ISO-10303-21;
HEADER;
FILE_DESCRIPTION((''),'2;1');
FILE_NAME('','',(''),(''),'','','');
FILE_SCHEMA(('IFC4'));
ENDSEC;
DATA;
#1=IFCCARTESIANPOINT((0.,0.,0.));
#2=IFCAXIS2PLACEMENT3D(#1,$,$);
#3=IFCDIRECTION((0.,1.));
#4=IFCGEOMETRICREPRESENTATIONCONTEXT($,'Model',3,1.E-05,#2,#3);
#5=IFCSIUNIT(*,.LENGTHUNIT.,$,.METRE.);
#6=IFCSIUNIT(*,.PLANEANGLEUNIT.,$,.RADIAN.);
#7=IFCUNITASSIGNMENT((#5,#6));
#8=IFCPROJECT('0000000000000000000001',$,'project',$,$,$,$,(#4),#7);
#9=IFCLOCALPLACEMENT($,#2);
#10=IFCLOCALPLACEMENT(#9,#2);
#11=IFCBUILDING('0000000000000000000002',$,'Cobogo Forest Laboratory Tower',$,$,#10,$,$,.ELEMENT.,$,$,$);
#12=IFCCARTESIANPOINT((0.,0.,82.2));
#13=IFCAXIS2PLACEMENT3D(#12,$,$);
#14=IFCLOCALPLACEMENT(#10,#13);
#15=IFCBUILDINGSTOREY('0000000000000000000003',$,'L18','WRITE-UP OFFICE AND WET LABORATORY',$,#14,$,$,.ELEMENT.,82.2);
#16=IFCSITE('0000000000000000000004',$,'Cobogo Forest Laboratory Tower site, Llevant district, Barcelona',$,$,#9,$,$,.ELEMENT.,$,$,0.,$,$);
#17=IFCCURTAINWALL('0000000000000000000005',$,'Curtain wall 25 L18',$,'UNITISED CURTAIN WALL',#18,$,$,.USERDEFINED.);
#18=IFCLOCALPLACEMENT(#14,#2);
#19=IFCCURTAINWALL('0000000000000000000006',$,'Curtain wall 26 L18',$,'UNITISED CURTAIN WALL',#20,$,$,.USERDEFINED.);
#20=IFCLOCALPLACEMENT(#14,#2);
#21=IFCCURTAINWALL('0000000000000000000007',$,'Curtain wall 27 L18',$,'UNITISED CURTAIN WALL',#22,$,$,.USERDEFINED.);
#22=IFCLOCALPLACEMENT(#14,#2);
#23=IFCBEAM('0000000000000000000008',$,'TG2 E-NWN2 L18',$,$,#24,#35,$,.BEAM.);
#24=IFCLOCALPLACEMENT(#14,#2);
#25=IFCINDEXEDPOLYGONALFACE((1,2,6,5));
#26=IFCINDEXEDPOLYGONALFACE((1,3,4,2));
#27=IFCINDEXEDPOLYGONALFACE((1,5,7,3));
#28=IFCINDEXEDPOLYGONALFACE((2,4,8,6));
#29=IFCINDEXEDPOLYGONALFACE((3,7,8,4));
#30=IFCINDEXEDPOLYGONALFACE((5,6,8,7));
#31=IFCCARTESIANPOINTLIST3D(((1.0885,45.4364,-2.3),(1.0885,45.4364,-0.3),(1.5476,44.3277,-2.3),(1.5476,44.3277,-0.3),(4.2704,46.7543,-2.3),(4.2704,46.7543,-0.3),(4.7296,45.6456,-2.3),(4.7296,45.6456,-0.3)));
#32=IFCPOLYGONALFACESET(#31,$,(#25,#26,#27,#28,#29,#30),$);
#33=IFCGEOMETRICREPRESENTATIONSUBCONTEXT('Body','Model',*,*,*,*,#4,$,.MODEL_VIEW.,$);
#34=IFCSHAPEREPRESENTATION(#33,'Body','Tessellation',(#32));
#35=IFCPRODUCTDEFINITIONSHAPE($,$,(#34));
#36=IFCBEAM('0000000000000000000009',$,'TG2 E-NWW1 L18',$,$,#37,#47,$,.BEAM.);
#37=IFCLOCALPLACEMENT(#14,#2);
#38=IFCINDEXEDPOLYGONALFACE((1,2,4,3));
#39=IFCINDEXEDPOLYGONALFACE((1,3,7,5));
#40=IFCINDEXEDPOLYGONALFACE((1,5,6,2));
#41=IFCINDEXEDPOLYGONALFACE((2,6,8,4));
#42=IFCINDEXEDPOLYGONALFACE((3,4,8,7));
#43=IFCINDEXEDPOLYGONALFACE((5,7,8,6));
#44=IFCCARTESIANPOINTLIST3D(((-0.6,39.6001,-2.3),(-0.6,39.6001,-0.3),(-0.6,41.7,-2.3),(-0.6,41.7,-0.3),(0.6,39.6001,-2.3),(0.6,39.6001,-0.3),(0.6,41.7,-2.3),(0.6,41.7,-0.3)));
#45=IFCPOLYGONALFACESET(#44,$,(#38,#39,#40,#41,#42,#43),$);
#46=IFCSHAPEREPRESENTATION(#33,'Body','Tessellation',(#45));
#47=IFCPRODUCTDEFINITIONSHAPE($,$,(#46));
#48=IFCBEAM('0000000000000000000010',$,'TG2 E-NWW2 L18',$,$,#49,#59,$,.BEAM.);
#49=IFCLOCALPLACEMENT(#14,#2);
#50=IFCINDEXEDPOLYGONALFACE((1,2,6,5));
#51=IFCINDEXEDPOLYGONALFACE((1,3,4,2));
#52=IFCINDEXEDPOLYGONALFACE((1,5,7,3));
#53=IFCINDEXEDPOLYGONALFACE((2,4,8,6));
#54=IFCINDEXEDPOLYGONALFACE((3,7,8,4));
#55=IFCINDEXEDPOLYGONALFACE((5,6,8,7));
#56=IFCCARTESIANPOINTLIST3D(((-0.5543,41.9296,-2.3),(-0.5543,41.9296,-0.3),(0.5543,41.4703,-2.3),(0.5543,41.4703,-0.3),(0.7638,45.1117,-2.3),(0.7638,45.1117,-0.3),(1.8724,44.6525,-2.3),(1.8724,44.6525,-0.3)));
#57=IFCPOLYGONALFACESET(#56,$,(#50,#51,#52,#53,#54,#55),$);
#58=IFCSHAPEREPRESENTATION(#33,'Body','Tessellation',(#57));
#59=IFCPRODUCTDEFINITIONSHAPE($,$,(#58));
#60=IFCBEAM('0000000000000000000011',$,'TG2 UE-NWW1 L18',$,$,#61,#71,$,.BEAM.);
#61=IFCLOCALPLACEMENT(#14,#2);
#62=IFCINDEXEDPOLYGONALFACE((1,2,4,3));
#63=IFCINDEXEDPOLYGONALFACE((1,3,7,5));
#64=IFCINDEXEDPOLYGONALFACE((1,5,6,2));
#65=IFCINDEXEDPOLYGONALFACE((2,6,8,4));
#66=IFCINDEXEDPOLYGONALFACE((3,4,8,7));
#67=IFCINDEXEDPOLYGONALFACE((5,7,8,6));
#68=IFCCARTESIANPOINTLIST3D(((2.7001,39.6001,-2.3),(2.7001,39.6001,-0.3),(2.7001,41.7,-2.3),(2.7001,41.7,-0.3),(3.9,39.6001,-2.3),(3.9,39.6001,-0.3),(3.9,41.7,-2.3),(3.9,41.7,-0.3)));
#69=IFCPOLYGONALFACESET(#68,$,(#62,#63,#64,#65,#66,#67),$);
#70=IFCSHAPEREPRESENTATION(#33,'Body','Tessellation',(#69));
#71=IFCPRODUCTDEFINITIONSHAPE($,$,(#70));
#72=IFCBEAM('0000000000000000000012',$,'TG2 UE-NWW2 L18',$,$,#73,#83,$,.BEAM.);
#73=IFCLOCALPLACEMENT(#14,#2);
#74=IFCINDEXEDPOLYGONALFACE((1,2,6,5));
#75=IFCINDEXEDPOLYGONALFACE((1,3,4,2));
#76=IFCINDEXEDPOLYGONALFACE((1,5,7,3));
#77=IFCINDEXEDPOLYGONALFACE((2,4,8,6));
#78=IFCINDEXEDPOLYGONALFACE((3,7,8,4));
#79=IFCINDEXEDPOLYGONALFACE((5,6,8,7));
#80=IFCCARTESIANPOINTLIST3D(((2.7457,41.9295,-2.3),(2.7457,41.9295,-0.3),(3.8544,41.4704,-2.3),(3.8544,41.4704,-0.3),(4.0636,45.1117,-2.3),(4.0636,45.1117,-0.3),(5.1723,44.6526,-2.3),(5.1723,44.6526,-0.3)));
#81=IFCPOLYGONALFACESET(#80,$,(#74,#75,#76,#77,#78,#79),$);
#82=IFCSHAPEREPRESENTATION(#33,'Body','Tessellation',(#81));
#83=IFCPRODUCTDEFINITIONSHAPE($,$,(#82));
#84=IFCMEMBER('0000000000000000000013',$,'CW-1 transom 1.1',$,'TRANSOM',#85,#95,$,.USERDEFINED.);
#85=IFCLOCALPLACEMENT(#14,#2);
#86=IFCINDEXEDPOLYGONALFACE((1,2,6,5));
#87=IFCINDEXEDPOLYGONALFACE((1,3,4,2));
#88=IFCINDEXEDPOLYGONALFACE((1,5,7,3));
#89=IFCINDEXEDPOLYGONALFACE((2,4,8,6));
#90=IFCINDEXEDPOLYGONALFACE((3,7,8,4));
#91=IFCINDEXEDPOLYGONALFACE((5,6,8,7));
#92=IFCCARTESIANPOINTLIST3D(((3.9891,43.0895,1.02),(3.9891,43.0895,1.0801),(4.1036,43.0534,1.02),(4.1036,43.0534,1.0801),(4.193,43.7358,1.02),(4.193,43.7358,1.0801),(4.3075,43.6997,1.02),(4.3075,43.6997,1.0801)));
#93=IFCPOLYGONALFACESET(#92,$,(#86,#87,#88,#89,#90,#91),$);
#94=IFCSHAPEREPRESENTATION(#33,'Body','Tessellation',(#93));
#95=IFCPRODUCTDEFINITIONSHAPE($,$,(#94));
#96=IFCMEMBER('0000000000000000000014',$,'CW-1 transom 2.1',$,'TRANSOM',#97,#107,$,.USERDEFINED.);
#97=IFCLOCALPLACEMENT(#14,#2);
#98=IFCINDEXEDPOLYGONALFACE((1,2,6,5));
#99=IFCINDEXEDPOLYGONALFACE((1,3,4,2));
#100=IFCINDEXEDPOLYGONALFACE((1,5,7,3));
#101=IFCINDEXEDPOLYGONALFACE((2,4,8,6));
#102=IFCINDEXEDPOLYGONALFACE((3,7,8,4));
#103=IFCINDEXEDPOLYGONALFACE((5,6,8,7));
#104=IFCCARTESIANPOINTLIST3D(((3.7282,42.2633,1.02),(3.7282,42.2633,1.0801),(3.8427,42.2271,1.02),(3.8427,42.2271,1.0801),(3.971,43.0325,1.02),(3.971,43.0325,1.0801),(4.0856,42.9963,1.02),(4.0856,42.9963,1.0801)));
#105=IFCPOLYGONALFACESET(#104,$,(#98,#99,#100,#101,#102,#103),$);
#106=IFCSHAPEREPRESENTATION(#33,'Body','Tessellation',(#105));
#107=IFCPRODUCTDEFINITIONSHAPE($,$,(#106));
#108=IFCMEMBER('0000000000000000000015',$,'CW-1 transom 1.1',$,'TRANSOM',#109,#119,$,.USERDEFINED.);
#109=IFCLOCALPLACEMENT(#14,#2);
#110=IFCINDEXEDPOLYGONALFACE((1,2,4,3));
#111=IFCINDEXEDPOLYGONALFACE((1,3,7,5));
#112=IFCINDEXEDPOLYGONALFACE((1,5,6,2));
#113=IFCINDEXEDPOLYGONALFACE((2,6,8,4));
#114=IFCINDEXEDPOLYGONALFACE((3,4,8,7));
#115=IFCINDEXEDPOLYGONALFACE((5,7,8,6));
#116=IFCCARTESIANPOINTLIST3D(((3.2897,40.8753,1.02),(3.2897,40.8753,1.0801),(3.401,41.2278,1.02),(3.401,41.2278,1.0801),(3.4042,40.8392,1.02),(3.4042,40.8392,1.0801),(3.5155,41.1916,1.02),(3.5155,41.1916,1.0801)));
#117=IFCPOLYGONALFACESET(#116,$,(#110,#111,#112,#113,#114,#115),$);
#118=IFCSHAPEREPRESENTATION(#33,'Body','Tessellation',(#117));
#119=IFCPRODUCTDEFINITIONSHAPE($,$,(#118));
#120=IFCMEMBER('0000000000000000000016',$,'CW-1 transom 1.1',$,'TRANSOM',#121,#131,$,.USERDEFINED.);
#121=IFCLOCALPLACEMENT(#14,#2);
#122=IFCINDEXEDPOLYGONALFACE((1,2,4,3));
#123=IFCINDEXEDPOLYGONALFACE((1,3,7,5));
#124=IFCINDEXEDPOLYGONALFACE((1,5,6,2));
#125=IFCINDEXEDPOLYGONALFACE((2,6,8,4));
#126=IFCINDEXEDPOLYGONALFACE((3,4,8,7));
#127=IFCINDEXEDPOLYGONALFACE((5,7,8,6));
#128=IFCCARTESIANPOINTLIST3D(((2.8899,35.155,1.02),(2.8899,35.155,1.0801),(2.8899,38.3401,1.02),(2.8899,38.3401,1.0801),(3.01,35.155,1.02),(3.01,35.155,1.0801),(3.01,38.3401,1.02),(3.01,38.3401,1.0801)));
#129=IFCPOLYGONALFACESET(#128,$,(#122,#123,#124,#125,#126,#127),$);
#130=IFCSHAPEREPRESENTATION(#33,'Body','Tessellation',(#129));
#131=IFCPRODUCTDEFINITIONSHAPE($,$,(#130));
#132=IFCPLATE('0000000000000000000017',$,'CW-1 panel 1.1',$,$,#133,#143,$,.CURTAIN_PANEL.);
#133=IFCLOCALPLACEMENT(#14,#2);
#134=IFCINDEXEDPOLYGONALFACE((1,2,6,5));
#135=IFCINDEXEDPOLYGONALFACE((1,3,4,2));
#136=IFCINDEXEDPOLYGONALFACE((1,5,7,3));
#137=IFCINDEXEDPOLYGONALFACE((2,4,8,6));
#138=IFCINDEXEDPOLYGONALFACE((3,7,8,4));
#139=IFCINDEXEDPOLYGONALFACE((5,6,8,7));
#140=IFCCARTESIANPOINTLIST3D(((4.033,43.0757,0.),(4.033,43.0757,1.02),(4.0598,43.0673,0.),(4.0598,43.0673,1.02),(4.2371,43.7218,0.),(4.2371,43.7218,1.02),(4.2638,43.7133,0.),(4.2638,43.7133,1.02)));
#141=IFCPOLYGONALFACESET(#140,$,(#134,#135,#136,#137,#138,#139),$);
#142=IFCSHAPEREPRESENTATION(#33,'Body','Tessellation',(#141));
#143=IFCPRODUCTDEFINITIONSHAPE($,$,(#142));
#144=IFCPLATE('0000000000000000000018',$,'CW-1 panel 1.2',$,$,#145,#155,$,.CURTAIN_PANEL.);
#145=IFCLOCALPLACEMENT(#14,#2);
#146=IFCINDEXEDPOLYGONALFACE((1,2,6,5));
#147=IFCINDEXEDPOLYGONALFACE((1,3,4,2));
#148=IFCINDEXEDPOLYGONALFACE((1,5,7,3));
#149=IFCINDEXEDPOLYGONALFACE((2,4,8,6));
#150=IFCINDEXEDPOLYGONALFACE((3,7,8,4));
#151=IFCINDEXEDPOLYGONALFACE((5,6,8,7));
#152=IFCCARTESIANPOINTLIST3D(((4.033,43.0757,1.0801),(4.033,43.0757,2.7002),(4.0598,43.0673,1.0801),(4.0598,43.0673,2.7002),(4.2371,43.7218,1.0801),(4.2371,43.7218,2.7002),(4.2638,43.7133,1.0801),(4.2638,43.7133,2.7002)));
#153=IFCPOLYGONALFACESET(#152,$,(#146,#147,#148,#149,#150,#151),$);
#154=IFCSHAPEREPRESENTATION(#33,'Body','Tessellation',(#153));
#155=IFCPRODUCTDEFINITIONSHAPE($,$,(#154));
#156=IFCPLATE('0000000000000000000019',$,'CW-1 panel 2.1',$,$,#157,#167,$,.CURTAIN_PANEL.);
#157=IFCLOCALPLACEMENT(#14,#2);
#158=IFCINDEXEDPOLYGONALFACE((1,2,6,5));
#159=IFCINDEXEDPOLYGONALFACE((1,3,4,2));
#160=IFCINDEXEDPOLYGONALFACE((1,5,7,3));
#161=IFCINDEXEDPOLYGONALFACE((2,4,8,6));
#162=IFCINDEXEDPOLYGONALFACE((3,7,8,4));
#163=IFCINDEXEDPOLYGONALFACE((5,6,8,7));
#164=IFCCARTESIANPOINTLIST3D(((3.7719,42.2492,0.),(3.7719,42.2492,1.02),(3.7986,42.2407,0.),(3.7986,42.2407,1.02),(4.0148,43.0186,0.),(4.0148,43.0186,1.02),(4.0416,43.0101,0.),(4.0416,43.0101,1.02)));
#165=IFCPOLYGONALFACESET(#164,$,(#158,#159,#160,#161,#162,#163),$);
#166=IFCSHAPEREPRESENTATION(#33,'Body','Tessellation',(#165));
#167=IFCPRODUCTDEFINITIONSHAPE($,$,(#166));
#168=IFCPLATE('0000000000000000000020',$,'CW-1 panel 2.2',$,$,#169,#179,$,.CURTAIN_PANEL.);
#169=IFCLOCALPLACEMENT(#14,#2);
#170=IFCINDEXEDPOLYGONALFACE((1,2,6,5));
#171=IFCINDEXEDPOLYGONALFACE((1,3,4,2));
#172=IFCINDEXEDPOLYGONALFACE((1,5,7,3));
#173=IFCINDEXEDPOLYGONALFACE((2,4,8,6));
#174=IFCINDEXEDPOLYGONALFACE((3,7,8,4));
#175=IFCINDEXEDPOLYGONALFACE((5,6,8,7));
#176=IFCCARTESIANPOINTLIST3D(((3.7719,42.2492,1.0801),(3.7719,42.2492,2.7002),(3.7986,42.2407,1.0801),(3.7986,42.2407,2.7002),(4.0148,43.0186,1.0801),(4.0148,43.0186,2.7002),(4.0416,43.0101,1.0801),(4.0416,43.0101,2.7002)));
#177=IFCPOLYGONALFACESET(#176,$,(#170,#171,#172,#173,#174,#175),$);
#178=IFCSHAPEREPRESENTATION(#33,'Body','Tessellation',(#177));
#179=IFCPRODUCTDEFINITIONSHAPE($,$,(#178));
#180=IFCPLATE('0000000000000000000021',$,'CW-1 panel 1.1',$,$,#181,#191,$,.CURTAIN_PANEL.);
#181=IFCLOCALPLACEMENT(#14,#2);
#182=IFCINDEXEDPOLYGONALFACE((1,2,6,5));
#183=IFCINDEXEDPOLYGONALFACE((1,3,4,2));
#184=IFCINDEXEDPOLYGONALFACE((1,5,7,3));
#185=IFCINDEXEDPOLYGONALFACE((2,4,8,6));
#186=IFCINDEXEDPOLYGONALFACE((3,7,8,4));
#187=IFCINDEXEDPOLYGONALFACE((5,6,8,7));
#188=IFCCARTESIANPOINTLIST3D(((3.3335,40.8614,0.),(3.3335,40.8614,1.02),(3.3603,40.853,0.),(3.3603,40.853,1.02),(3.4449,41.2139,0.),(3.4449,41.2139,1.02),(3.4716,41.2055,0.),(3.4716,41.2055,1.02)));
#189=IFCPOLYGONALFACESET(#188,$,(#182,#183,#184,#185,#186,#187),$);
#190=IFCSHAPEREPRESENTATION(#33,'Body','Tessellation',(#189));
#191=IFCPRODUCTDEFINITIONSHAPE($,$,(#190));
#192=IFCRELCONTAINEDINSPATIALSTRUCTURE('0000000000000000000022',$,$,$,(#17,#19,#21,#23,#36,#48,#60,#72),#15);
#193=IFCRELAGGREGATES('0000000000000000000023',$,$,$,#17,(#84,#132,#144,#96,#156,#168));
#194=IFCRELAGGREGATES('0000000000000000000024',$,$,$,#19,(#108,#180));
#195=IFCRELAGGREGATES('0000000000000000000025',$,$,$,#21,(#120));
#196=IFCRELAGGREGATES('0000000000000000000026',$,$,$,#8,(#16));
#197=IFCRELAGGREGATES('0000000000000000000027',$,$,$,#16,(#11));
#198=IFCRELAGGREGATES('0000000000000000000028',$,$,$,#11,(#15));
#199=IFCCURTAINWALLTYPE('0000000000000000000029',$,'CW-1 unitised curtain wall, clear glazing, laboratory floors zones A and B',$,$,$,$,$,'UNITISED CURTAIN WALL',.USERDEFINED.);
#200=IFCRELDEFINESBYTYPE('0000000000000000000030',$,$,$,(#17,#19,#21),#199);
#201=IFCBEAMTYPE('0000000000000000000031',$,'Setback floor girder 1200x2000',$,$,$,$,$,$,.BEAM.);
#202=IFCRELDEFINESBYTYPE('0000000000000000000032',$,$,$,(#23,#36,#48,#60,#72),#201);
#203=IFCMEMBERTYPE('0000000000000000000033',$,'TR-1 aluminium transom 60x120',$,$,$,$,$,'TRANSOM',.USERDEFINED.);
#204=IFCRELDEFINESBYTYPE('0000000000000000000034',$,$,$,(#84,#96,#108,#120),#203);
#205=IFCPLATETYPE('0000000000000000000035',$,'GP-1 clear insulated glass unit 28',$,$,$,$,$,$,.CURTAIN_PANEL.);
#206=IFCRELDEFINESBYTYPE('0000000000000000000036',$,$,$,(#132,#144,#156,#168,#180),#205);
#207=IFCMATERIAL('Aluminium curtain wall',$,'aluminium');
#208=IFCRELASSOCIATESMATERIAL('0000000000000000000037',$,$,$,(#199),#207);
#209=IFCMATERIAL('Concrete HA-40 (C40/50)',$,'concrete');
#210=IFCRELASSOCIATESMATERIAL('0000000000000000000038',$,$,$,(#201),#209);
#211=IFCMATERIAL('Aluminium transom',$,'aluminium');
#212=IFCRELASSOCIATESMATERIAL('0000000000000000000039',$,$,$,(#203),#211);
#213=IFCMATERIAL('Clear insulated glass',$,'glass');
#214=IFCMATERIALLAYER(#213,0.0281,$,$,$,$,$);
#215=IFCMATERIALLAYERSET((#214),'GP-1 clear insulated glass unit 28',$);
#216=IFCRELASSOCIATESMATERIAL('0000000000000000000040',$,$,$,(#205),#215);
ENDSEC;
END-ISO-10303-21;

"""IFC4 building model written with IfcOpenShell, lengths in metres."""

from ifc_helpers import new_model, si_unit, direction, frame, origin, origin_2d, place, context, subcontext, project, spatial, rectangle, extrude, material, layer, layer_set, material_profile, profile_set, type_object, element, aggregate, save


model = new_model("IFC4")

# Units and contexts
model_context = context("Model", 3, precision=1e-05, world=origin(), true_north=direction((0.0, 1.0)))
body_context = subcontext(model_context, "Body", "Model", "MODEL_VIEW")
ifc_project = project(units=[si_unit("LENGTHUNIT", "METRE"), si_unit("PLANEANGLEUNIT", "RADIAN")], contexts=[model_context])

# Site, building, storey
site_placement = place(None, origin())
site = spatial("IfcSite", under=ifc_project, at=site_placement, Name="Cobogo Forest Laboratory Tower site, Llevant district, Barcelona", CompositionType="ELEMENT", RefElevation=0.0)
building_placement = place(site_placement, origin())
building = spatial("IfcBuilding", under=site, at=building_placement, Name="Cobogo Forest Laboratory Tower", CompositionType="ELEMENT")
storey_placement = place(building_placement, frame((0.0, 0.0, 82.2)))
storey = spatial("IfcBuildingStorey", under=building, at=storey_placement, Name="L18", Description="WRITE-UP OFFICE AND WET LABORATORY", CompositionType="ELEMENT", Elevation=82.2)

# Shared definitions
ifc_material_1 = material(Name="Aluminium curtain wall", Category="aluminium")
curtain_wall_type = type_object("IfcCurtainWallType", Name="CW-1 unitised curtain wall, clear glazing, laboratory floors zones A and B", ElementType="UNITISED CURTAIN WALL", PredefinedType="USERDEFINED", material=ifc_material_1)

# Curtain walls
curtain_wall_1_placement = place(storey_placement, origin())
curtain_wall_1 = element("IfcCurtainWall", 1, at=curtain_wall_1_placement, inside=storey, type_object=curtain_wall_type, Name="Curtain wall 25 L18", ObjectType="UNITISED CURTAIN WALL", PredefinedType="USERDEFINED")
curtain_wall_2_placement = place(storey_placement, origin())
curtain_wall_2 = element("IfcCurtainWall", 2, at=curtain_wall_2_placement, inside=storey, type_object=curtain_wall_type, Name="Curtain wall 26 L18", ObjectType="UNITISED CURTAIN WALL", PredefinedType="USERDEFINED")

# Curtain wall
curtain_wall_3_placement = place(storey_placement, origin())
curtain_wall_3 = element("IfcCurtainWall", 3, at=curtain_wall_3_placement, inside=storey, type_object=curtain_wall_type, Name="Curtain wall 27 L18", ObjectType="UNITISED CURTAIN WALL", PredefinedType="USERDEFINED")

# Beams
ifc_material_2 = material(Name="Concrete HA-40 (C40/50)", Category="concrete")
ifc_material_profile_1 = material_profile(ifc_material_2, rectangle(XDim=1.2, YDim=2.0, at=origin_2d()), Name="RC 1200x2000")
ifc_profile_set_1 = profile_set([ifc_material_profile_1], Name="Concrete HA-40 (C40/50)")
beam_type = type_object("IfcBeamType", Name="Setback floor girder 1200x2000", PredefinedType="BEAM", material=ifc_profile_set_1)
beam_1_placement = place(storey_placement, frame((4.5, 46.2, -1.3), z_axis=(-0.923891, -0.382656, 0.0), x_axis=(0.382656, -0.923891, 0.0)))
element("IfcBeam", 4, at=beam_1_placement, inside=storey, type_object=beam_type, Name="TG2 E-NWN2 L18", PredefinedType="BEAM", context=body_context, shape_type="SweptSolid", body=[
    extrude(rectangle(XDim=1.2, YDim=2.0, at=origin_2d()), origin(), (0.0, 0.0, 1.0), 3.4441),
])
beam_2_placement = place(storey_placement, frame((0.0, 39.6001, -1.3), z_axis=(0.0, 1.0, 0.0), x_axis=(-1.0, 0.0, 0.0)))
element("IfcBeam", 5, at=beam_2_placement, inside=storey, type_object=beam_type, Name="TG2 E-NWW1 L18", PredefinedType="BEAM", context=body_context, shape_type="SweptSolid", body=[
    extrude(rectangle(XDim=1.2, YDim=2.0, at=origin_2d()), origin(), (0.0, 0.0, 1.0), 2.0999),
])
beam_3_placement = place(storey_placement, frame((0.0, 41.7, -1.3), z_axis=(0.382692, 0.923876, 0.0), x_axis=(-0.923876, 0.382692, 0.0)))
element("IfcBeam", 6, at=beam_3_placement, inside=storey, type_object=beam_type, Name="TG2 E-NWW2 L18", PredefinedType="BEAM", context=body_context, shape_type="SweptSolid", body=[
    extrude(rectangle(XDim=1.2, YDim=2.0, at=origin_2d()), origin(), (0.0, 0.0, 1.0), 3.4443),
])
beam_4_placement = place(storey_placement, frame((3.3, 39.6001, -1.3), z_axis=(0.0, 1.0, 0.0), x_axis=(-1.0, 0.0, 0.0)))
element("IfcBeam", 7, at=beam_4_placement, inside=storey, type_object=beam_type, Name="TG2 UE-NWW1 L18", PredefinedType="BEAM", context=body_context, shape_type="SweptSolid", body=[
    extrude(rectangle(XDim=1.2, YDim=2.0, at=origin_2d()), origin(), (0.0, 0.0, 1.0), 2.0999),
])
beam_5_placement = place(storey_placement, frame((3.3, 41.7, -1.3), z_axis=(0.382631, 0.923901, 0.0), x_axis=(-0.923901, 0.382631, 0.0)))
element("IfcBeam", 8, at=beam_5_placement, inside=storey, type_object=beam_type, Name="TG2 UE-NWW2 L18", PredefinedType="BEAM", context=body_context, shape_type="SweptSolid", body=[
    extrude(rectangle(XDim=1.2, YDim=2.0, at=origin_2d()), origin(), (0.0, 0.0, 1.0), 3.4443),
])

# Members
ifc_material_3 = material(Name="Aluminium transom", Category="aluminium")
ifc_material_profile_2 = material_profile(ifc_material_3, rectangle(XDim=0.1201, YDim=0.0601, at=origin_2d()), Name="AL 60x120")
ifc_profile_set_2 = profile_set([ifc_material_profile_2], Name="Aluminium transom")
member_type_1 = type_object("IfcMemberType", Name="TR-1 aluminium transom 60x120", ElementType="TRANSOM", PredefinedType="USERDEFINED", material=ifc_profile_set_2)
member_1_placement = place(storey_placement, frame((4.2502, 43.7178, 1.05), z_axis=(-0.300838, -0.953675, 0.0), x_axis=(0.953675, -0.300838, 0.0)))
member_1 = element("IfcMember", 9, at=member_1_placement, type_object=member_type_1, Name="CW-1 transom 1.1", ObjectType="TRANSOM", PredefinedType="USERDEFINED", context=body_context, shape_type="SweptSolid", body=[
    extrude(rectangle(XDim=0.1201, YDim=0.0601, at=origin_2d()), origin(), (0.0, 0.0, 1.0), 0.6777),
])
member_2_placement = place(storey_placement, frame((4.0283, 43.0144, 1.05), z_axis=(-0.301117, -0.953587, 0.0), x_axis=(0.953587, -0.301117, 0.0)))
member_2 = element("IfcMember", 10, at=member_2_placement, type_object=member_type_1, Name="CW-1 transom 2.1", ObjectType="TRANSOM", PredefinedType="USERDEFINED", context=body_context, shape_type="SweptSolid", body=[
    extrude(rectangle(XDim=0.1201, YDim=0.0601, at=origin_2d()), origin(), (0.0, 0.0, 1.0), 0.8066),
])
member_3_placement = place(storey_placement, frame((3.4583, 41.2097, 1.05), z_axis=(-0.301131, -0.953583, 0.0), x_axis=(0.953583, -0.301131, 0.0)))
member_3 = element("IfcMember", 11, at=member_3_placement, type_object=member_type_1, Name="CW-1 transom 1.1", ObjectType="TRANSOM", PredefinedType="USERDEFINED", context=body_context, shape_type="SweptSolid", body=[
    extrude(rectangle(XDim=0.1201, YDim=0.0601, at=origin_2d()), origin(), (0.0, 0.0, 1.0), 0.3696),
])
member_4_placement = place(storey_placement, frame((2.95, 38.3401, 1.05), z_axis=(0.0, -1.0, 0.0), x_axis=(1.0, 0.0, 0.0)))
member_4 = element("IfcMember", 12, at=member_4_placement, type_object=member_type_1, Name="CW-1 transom 1.1", ObjectType="TRANSOM", PredefinedType="USERDEFINED", context=body_context, shape_type="SweptSolid", body=[
    extrude(rectangle(XDim=0.1201, YDim=0.0601, at=origin_2d()), origin(), (0.0, 0.0, 1.0), 3.1851),
])

# Plates
ifc_material_4 = material(Name="Clear insulated glass", Category="glass")
ifc_layer_1 = layer(ifc_material_4, 0.0281)
ifc_layer_set_1 = layer_set([ifc_layer_1], Name="GP-1 clear insulated glass unit 28")
plate_type = type_object("IfcPlateType", Name="GP-1 clear insulated glass unit 28", PredefinedType="CURTAIN_PANEL", material=ifc_layer_set_1)
plate_1_placement = place(storey_placement, frame((4.1484, 43.3945, 0.0), z_axis=(0.0, 0.0, 1.0), x_axis=(-0.301135, -0.953581, 0.0)))
plate_1 = element("IfcPlate", 13, at=plate_1_placement, type_object=plate_type, Name="CW-1 panel 1.1", PredefinedType="CURTAIN_PANEL", context=body_context, shape_type="SweptSolid", body=[
    extrude(rectangle(XDim=0.6775, YDim=0.0281, at=origin_2d()), origin(), (0.0, 0.0, 1.0), 1.02),
])
plate_2_placement = place(storey_placement, frame((4.1484, 43.3945, 1.0801), z_axis=(0.0, 0.0, 1.0), x_axis=(-0.301135, -0.953581, 0.0)))
plate_2 = element("IfcPlate", 14, at=plate_2_placement, type_object=plate_type, Name="CW-1 panel 1.2", PredefinedType="CURTAIN_PANEL", context=body_context, shape_type="SweptSolid", body=[
    extrude(rectangle(XDim=0.6775, YDim=0.0281, at=origin_2d()), origin(), (0.0, 0.0, 1.0), 1.6201),
])
plate_3_placement = place(storey_placement, frame((3.9067, 42.6296, 0.0), z_axis=(0.0, 0.0, 1.0), x_axis=(-0.301135, -0.953581, 0.0)))
plate_3 = element("IfcPlate", 15, at=plate_3_placement, type_object=plate_type, Name="CW-1 panel 2.1", PredefinedType="CURTAIN_PANEL", context=body_context, shape_type="SweptSolid", body=[
    extrude(rectangle(XDim=0.8069, YDim=0.0281, at=origin_2d()), origin(), (0.0, 0.0, 1.0), 1.02),
])
plate_4_placement = place(storey_placement, frame((3.9067, 42.6296, 1.0801), z_axis=(0.0, 0.0, 1.0), x_axis=(-0.301135, -0.953581, 0.0)))
plate_4 = element("IfcPlate", 16, at=plate_4_placement, type_object=plate_type, Name="CW-1 panel 2.2", PredefinedType="CURTAIN_PANEL", context=body_context, shape_type="SweptSolid", body=[
    extrude(rectangle(XDim=0.8069, YDim=0.0281, at=origin_2d()), origin(), (0.0, 0.0, 1.0), 1.6201),
])
aggregate(curtain_wall_1, [member_1, plate_1, plate_2, member_2, plate_3, plate_4])
plate_5_placement = place(storey_placement, frame((3.4026, 41.0334, 0.0), z_axis=(0.0, 0.0, 1.0), x_axis=(-0.301135, -0.953582, 0.0)))
plate_5 = element("IfcPlate", 17, at=plate_5_placement, type_object=plate_type, Name="CW-1 panel 1.1", PredefinedType="CURTAIN_PANEL", context=body_context, shape_type="SweptSolid", body=[
    extrude(rectangle(XDim=0.3696, YDim=0.0281, at=origin_2d()), origin(), (0.0, 0.0, 1.0), 1.02),
])
aggregate(curtain_wall_2, [member_3, plate_5])
aggregate(curtain_wall_3, [member_4])

save(model, "model.ifc")
